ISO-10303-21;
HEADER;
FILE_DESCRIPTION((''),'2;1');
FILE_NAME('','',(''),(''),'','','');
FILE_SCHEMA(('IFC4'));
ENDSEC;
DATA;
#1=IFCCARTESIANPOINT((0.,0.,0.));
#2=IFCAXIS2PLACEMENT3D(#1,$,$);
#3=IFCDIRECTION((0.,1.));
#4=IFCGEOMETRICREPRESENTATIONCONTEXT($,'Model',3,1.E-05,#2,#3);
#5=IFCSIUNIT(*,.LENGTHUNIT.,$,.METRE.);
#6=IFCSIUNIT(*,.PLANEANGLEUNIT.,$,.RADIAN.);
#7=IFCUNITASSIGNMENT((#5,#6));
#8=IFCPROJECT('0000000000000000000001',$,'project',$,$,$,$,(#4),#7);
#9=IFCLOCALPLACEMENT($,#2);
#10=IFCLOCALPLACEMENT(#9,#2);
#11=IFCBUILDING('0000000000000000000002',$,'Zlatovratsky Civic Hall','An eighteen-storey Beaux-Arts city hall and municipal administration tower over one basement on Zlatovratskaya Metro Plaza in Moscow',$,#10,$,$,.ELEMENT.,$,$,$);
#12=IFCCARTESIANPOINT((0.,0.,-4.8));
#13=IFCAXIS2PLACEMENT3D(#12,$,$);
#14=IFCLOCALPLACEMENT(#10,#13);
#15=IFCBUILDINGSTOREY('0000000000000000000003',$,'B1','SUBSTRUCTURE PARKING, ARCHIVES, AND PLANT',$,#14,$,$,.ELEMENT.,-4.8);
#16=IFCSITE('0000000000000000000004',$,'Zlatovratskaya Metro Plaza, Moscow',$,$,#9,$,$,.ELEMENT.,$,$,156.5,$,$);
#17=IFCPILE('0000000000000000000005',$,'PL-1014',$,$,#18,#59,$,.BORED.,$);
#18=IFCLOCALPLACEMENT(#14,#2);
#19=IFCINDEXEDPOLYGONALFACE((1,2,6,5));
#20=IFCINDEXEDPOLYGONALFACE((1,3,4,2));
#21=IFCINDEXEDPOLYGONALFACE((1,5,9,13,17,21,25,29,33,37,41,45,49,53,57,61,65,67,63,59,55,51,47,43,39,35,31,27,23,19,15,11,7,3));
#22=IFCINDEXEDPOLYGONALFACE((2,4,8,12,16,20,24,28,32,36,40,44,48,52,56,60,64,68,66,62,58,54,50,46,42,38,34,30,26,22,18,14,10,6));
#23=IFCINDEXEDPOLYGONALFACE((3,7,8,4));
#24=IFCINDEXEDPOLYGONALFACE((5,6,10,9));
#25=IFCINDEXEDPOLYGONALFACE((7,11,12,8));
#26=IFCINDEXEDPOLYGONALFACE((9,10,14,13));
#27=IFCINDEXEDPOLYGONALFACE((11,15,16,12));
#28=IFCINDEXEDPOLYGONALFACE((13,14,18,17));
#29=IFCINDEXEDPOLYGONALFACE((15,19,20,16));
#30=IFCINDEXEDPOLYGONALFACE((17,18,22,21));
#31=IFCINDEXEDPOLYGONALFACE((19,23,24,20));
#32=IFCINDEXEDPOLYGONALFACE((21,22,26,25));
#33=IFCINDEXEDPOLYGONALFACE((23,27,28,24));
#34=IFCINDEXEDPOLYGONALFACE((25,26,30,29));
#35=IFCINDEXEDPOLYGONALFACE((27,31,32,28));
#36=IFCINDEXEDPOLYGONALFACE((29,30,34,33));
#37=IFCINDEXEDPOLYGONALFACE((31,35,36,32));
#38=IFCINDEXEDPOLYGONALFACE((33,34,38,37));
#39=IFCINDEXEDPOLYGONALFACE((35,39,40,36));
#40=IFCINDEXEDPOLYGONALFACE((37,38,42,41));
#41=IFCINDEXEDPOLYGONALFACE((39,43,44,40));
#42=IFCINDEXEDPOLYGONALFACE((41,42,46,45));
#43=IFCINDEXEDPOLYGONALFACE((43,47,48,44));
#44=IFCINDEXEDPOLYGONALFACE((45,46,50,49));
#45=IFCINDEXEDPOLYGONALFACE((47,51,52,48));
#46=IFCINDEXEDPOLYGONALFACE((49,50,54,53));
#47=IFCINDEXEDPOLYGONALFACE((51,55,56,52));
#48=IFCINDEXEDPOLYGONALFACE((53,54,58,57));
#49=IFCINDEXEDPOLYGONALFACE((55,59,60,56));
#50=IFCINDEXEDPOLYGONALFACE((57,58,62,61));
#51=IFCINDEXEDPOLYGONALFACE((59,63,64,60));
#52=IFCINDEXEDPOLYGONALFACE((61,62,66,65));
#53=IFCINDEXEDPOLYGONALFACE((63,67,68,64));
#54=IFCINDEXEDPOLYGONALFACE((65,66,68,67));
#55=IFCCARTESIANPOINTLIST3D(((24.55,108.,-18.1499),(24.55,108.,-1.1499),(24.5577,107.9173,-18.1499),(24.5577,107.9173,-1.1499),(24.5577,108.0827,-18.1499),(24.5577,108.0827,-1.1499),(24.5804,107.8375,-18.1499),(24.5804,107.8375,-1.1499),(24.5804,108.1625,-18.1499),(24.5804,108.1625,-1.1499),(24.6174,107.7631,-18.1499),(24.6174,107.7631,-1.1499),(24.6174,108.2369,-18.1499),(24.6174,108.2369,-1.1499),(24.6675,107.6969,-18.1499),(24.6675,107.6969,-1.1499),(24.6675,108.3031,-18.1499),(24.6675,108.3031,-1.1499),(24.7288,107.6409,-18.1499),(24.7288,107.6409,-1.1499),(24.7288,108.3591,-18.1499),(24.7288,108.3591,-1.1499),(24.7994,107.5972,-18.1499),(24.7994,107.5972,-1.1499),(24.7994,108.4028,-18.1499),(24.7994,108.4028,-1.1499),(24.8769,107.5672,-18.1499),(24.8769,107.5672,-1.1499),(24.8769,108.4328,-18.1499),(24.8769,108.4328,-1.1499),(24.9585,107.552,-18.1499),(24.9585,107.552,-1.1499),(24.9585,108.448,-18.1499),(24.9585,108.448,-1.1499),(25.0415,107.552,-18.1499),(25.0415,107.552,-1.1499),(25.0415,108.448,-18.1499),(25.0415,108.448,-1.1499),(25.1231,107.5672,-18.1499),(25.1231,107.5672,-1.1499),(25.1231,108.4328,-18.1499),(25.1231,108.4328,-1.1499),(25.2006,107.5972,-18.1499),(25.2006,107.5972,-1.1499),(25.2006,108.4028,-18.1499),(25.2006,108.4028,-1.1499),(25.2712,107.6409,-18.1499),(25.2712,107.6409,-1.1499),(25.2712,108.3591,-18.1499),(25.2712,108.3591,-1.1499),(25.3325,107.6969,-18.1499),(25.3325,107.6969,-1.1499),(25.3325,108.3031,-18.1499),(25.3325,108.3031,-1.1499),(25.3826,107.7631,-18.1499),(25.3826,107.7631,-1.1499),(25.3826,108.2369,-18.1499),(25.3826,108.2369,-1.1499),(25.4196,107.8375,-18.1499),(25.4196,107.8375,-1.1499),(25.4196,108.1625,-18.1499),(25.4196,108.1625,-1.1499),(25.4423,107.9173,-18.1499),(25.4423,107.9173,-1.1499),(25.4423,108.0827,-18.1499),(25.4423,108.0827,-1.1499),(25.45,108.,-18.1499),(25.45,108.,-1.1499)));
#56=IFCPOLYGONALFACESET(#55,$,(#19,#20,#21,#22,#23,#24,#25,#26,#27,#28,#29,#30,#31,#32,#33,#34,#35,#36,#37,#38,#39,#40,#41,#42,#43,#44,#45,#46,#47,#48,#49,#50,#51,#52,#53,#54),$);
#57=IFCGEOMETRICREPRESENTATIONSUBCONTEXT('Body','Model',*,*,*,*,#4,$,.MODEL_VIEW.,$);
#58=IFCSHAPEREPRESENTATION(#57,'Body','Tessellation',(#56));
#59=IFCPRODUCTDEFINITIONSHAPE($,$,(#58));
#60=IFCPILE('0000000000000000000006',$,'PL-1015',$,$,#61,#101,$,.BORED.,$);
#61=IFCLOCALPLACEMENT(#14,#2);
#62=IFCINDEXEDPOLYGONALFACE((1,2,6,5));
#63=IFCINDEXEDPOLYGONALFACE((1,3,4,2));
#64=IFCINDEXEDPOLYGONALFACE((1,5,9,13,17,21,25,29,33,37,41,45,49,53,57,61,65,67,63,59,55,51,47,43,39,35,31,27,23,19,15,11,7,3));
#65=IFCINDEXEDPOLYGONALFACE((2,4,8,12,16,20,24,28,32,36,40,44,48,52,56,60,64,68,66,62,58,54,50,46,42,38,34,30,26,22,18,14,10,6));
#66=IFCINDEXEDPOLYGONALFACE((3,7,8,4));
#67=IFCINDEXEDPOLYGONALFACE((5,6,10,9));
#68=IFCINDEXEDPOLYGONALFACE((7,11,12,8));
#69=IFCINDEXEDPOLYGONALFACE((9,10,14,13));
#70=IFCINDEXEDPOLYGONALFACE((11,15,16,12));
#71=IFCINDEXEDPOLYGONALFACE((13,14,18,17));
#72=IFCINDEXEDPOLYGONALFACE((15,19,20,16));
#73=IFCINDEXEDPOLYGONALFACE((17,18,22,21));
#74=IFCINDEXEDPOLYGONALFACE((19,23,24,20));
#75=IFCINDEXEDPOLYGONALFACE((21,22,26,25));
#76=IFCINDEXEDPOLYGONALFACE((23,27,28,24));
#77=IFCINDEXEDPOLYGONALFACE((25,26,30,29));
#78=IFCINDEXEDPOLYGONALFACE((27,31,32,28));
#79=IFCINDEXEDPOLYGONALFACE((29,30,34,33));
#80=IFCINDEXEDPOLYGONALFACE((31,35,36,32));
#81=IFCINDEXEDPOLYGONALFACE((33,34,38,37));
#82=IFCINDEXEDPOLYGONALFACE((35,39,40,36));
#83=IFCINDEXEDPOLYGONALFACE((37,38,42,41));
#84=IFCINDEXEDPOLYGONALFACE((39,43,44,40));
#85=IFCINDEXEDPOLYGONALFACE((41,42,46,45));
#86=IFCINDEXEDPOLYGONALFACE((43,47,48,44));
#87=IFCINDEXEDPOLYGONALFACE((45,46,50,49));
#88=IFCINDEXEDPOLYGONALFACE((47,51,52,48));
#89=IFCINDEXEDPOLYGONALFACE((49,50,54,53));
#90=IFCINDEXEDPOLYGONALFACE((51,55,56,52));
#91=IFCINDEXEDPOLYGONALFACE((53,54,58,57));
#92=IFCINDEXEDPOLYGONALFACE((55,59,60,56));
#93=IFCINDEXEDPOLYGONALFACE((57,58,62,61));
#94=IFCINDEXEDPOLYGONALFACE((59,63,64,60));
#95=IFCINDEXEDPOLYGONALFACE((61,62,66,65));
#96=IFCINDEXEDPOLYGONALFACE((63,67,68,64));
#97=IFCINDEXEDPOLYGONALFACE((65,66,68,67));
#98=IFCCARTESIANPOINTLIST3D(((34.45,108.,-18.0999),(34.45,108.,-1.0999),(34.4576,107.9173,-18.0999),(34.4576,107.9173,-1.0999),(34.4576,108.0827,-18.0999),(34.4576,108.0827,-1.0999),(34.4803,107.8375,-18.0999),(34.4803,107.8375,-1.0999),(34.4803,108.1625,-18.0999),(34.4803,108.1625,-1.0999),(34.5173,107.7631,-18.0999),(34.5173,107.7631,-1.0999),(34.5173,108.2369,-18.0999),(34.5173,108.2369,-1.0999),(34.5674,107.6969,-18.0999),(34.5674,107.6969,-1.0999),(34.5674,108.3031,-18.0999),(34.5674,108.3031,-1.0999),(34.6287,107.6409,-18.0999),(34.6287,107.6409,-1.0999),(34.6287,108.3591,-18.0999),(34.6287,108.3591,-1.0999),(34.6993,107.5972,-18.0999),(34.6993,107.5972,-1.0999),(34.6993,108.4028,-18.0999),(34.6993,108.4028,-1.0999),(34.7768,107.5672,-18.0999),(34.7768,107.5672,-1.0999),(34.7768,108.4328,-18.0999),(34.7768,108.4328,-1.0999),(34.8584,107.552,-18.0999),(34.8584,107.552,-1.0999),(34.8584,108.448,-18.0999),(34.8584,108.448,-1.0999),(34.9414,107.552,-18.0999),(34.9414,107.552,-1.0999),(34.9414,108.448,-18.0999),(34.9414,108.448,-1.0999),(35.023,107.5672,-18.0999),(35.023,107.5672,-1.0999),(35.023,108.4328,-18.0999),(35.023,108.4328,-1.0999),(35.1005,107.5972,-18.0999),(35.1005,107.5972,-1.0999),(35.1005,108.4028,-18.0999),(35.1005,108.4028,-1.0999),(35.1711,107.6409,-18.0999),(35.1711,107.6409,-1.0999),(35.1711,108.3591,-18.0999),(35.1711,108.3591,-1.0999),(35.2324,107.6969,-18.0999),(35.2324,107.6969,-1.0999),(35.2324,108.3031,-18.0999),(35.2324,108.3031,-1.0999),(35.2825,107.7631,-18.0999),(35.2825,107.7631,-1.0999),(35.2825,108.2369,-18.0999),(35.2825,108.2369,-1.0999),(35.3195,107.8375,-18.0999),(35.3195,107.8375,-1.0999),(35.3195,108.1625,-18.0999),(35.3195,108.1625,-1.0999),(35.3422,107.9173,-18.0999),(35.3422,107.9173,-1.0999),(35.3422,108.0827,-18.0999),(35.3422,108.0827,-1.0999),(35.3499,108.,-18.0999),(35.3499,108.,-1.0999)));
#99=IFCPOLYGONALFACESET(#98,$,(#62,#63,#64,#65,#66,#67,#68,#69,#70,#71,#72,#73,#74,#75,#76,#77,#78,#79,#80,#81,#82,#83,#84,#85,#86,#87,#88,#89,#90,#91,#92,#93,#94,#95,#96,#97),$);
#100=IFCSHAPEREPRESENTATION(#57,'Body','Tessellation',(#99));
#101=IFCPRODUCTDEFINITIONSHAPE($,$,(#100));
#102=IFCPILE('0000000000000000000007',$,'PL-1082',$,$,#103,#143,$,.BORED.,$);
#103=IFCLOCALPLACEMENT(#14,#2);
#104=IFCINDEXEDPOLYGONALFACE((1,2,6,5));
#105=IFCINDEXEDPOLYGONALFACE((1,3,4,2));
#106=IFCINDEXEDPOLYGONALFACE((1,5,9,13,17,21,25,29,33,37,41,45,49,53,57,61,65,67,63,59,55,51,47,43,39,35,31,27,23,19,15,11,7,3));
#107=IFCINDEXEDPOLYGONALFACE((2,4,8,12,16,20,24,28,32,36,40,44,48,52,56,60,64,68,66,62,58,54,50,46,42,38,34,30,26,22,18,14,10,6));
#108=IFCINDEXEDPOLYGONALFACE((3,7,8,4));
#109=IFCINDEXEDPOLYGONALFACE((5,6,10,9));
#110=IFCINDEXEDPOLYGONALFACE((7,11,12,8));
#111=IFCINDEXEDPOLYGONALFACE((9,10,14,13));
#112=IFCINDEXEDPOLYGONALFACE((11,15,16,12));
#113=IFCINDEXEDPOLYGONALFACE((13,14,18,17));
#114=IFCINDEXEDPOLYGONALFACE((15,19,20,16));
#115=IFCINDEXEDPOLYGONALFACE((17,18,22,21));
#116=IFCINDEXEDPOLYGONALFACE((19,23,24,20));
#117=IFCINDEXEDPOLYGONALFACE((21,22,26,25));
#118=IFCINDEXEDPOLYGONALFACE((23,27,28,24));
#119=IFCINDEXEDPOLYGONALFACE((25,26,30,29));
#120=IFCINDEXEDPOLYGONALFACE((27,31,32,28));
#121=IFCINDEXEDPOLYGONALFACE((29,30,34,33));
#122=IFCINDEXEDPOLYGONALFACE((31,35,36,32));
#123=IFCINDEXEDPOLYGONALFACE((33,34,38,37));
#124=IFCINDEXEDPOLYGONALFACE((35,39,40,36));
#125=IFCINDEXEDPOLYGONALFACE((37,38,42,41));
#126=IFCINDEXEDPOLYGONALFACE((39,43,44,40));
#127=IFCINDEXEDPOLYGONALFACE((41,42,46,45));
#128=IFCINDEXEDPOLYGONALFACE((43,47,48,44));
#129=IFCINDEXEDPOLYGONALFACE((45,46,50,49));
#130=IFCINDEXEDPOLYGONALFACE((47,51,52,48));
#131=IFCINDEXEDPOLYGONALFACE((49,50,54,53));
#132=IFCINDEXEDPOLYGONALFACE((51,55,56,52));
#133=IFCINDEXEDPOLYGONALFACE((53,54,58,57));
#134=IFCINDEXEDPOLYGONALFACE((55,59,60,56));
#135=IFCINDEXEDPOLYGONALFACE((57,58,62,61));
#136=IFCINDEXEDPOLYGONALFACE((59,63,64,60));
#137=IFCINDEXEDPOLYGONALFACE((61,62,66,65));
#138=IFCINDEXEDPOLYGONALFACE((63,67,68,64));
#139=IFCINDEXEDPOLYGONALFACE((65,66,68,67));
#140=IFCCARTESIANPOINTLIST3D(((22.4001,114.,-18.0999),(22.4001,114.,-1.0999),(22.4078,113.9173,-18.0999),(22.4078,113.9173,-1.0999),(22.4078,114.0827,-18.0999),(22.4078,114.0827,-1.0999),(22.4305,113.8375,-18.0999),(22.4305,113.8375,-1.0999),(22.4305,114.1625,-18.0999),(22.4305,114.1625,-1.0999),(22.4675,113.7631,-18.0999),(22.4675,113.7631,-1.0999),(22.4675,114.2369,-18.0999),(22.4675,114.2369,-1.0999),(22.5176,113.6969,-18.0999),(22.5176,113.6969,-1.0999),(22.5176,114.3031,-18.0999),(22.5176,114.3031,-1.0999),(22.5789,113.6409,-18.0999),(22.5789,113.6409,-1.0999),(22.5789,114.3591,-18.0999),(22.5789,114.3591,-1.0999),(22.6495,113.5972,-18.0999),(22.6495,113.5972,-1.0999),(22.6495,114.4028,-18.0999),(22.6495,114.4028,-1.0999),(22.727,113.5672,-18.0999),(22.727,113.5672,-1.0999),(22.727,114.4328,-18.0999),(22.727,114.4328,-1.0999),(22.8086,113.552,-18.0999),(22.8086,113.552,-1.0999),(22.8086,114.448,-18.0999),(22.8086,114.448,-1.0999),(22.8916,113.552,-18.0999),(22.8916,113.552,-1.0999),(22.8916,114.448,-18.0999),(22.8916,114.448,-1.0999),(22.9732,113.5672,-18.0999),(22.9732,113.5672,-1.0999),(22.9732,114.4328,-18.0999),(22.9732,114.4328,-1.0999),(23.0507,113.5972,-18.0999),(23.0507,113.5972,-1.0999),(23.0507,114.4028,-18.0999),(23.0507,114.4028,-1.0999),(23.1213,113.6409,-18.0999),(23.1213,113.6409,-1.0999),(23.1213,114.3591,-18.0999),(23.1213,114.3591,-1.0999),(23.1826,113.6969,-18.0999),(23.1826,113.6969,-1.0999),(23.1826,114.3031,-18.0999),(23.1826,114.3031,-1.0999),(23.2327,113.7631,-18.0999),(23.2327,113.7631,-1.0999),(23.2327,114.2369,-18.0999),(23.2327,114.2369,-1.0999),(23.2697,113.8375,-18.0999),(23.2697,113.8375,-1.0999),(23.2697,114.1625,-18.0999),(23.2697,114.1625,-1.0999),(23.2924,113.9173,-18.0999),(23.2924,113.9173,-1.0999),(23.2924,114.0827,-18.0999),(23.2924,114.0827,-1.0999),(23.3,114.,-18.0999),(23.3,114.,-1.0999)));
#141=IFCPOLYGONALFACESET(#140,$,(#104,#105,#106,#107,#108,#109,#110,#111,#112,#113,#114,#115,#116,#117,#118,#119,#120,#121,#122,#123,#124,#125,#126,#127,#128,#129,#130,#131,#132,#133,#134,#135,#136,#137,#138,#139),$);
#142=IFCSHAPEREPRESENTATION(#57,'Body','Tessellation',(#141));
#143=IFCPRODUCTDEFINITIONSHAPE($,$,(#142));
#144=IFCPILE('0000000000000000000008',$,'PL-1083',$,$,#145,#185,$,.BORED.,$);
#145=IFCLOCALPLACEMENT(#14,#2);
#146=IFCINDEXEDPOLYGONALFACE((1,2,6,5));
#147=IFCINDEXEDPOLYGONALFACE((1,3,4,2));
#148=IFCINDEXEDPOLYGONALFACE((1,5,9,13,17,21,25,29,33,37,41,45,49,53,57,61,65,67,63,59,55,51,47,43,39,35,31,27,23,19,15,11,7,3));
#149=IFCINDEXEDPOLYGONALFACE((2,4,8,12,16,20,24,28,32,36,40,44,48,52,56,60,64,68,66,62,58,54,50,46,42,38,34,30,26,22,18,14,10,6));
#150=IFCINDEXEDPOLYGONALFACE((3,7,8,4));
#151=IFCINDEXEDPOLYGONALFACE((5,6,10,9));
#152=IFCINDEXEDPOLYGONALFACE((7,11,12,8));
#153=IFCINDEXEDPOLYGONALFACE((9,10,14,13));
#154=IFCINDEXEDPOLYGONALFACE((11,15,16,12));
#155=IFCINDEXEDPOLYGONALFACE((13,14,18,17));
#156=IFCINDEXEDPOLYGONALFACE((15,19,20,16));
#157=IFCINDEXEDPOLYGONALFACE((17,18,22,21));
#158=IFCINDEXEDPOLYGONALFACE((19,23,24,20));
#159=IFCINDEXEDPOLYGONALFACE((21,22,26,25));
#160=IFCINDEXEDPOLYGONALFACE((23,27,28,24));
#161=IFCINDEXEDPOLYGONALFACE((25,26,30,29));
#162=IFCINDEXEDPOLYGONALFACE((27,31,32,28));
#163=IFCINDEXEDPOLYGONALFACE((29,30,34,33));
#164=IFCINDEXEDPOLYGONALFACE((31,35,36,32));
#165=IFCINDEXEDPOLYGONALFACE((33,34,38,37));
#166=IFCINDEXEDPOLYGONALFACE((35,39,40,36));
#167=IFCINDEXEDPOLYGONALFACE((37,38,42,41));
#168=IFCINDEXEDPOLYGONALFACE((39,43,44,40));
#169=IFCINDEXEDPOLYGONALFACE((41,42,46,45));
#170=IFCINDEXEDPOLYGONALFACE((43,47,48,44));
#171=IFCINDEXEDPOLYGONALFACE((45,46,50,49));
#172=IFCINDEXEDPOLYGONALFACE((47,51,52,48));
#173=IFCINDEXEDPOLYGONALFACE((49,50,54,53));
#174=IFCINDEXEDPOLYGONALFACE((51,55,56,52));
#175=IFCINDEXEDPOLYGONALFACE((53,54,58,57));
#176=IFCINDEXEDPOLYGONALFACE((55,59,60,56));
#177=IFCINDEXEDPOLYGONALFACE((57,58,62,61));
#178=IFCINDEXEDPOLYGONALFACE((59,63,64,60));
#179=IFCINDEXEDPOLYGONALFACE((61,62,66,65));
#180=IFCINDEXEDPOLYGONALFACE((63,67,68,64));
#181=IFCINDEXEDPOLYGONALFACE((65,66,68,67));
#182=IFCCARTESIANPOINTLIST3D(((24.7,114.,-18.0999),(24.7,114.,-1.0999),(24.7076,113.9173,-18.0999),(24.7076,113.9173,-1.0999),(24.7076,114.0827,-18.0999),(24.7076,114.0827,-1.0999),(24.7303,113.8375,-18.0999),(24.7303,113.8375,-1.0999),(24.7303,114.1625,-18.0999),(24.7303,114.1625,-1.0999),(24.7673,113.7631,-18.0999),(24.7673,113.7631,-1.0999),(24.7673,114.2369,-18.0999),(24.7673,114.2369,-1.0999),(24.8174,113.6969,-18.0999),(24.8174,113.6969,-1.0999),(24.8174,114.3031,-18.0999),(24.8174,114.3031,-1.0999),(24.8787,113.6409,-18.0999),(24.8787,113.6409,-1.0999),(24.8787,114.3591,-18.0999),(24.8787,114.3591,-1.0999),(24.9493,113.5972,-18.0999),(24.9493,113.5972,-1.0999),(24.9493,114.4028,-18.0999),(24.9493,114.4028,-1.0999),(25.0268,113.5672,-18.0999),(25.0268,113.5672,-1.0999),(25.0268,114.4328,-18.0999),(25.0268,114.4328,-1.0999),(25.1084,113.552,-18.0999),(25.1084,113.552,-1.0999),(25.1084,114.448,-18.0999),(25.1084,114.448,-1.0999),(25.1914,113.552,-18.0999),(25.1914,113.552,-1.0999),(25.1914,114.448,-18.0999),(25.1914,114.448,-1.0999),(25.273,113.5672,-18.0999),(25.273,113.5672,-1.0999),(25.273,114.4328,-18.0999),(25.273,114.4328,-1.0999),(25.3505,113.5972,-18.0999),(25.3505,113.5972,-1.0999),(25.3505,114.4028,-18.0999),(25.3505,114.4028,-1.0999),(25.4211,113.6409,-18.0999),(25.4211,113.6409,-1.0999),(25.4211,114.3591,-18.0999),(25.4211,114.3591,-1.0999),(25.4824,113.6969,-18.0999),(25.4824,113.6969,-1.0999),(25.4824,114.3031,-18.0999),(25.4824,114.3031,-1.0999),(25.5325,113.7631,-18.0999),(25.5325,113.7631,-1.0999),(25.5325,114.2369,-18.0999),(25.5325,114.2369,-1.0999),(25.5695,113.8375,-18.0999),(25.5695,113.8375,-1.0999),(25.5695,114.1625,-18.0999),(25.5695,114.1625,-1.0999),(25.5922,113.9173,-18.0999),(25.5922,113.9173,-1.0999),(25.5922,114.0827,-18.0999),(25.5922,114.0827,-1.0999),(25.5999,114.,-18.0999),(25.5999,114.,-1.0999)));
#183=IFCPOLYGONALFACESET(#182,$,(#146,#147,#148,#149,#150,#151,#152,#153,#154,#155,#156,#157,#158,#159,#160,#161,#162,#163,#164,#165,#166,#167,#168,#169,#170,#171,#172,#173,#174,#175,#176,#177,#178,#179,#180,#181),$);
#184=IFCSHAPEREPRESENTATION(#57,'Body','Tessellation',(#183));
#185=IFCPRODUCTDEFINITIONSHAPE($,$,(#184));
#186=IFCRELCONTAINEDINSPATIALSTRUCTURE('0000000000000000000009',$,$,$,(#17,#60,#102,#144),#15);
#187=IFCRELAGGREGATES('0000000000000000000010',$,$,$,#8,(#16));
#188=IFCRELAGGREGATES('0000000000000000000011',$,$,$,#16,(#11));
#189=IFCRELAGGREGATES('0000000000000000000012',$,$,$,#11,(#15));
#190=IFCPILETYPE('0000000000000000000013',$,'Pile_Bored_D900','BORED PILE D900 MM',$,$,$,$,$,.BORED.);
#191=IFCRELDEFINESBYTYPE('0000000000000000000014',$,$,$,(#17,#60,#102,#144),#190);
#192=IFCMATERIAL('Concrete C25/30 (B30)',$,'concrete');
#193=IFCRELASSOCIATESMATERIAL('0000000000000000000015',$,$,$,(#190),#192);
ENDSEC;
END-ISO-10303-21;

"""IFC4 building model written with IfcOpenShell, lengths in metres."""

from ifc_helpers import new_model, si_unit, direction, frame, origin, origin_2d, place, context, subcontext, project, spatial, circle, extrude, material, material_profile, profile_set, type_object, element, save


model = new_model("IFC4")

# Units and contexts
model_context = context("Model", 3, precision=1e-05, world=origin(), true_north=direction((0.0, 1.0)))
body_context = subcontext(model_context, "Body", "Model", "MODEL_VIEW")
ifc_project = project(units=[si_unit("LENGTHUNIT", "METRE"), si_unit("PLANEANGLEUNIT", "RADIAN")], contexts=[model_context])

# Site, building, storey
site_placement = place(None, origin())
site = spatial("IfcSite", under=ifc_project, at=site_placement, Name="Zlatovratskaya Metro Plaza, Moscow", CompositionType="ELEMENT", RefElevation=156.5)
building_placement = place(site_placement, origin())
building = spatial("IfcBuilding", under=site, at=building_placement, Name="Zlatovratsky Civic Hall", Description="An eighteen-storey Beaux-Arts city hall and municipal administration tower over one basement on Zlatovratskaya Metro Plaza in Moscow", CompositionType="ELEMENT")
storey_placement = place(building_placement, frame((0.0, 0.0, -4.8)))
storey = spatial("IfcBuildingStorey", under=building, at=storey_placement, Name="B1", Description="SUBSTRUCTURE PARKING, ARCHIVES, AND PLANT", CompositionType="ELEMENT", Elevation=-4.8)

# Shared definitions
ifc_material_1 = material(Name="Concrete C25/30 (B30)", Category="concrete")

# Piles
ifc_material_profile_1 = material_profile(ifc_material_1, circle(Radius=0.45, at=origin_2d()), Name="PILE D900")
ifc_profile_set_1 = profile_set([ifc_material_profile_1], Name="Concrete C25/30 (B30)")
pile_type_1 = type_object("IfcPileType", Name="Pile_Bored_D900", Description="BORED PILE D900 MM", PredefinedType="BORED", material=ifc_profile_set_1)
for number, where, z_axis, x_axis, name in (
    (1, (25.0, 108.0, -1.1499), (0.0, 0.0, -1.0), (1.0, 0.0, 0.0), "PL-1014"),
    (2, (34.8999, 108.0, -1.0999), (0.0, 0.0, -1.0), (1.0, 0.0, 0.0), "PL-1015"),
    (3, (22.8501, 114.0, -1.0999), (0.0, 0.0, -1.0), (1.0, 0.0, 0.0), "PL-1082"),
    (4, (25.1499, 114.0, -1.0999), (0.0, 0.0, -1.0), (1.0, 0.0, 0.0), "PL-1083"),
):
    element("IfcPile", number, at=place(storey_placement, frame(where, z_axis=z_axis, x_axis=x_axis)), inside=storey, type_object=pile_type_1, Name=name, PredefinedType="BORED", context=body_context, shape_type="SweptSolid", body=[
        extrude(circle(Radius=0.45, at=origin_2d()), origin(), (0.0, 0.0, 1.0), 17.0),
    ])

save(model, "model.ifc")
